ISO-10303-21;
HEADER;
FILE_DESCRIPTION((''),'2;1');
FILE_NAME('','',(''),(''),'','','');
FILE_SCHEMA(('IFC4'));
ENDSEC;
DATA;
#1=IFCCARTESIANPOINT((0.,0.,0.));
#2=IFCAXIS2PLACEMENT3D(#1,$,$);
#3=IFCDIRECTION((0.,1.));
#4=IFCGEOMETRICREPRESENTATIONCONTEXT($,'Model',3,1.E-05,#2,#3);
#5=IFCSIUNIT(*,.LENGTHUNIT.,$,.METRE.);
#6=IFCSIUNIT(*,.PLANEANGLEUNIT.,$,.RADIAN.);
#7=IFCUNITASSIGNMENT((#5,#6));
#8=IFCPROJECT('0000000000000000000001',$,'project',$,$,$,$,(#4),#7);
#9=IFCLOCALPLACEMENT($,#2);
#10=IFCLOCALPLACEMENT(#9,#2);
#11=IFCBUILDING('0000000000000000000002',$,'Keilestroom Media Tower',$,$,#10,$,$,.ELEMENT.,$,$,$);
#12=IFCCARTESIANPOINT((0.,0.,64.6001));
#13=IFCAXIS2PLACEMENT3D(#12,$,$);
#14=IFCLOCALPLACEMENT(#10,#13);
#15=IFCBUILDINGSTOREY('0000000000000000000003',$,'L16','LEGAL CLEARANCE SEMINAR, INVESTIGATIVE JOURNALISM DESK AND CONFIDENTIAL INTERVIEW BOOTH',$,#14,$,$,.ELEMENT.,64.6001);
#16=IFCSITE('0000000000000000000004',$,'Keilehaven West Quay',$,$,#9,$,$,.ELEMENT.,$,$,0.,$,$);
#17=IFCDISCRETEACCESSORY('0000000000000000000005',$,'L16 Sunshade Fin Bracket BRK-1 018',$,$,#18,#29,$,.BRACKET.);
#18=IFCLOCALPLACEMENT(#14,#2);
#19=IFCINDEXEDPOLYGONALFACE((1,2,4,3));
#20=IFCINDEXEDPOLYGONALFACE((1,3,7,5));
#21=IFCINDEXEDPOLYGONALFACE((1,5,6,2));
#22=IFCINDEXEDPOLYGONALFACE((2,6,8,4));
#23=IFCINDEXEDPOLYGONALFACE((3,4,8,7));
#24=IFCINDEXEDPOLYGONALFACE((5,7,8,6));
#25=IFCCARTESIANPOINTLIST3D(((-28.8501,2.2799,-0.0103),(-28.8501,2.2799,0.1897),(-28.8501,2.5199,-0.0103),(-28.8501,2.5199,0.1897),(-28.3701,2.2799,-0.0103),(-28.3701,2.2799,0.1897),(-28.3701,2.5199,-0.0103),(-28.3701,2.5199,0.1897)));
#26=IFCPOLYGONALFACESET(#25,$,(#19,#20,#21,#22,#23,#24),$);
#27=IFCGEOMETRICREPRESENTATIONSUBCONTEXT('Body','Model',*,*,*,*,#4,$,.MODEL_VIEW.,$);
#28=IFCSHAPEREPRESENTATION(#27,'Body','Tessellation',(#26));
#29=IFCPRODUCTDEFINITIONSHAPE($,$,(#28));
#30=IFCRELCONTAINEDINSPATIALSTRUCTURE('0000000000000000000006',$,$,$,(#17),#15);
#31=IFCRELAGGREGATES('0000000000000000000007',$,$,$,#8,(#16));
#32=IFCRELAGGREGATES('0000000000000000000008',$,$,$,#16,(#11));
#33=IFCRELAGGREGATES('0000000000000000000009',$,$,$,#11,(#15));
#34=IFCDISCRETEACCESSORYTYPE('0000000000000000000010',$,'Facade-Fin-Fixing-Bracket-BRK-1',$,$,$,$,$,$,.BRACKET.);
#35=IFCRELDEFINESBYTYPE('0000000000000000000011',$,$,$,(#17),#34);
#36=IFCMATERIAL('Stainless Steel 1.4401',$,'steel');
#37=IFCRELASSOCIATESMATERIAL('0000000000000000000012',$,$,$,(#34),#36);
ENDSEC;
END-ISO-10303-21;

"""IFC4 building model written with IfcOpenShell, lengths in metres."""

from ifc_helpers import new_model, si_unit, direction, frame, origin, origin_2d, place, context, subcontext, project, spatial, rectangle, extrude, source, transform, mapped, material, type_object, element, save


model = new_model("IFC4")

# Units and contexts
model_context = context("Model", 3, precision=1e-05, world=origin(), true_north=direction((0.0, 1.0)))
body_context = subcontext(model_context, "Body", "Model", "MODEL_VIEW")
ifc_project = project(units=[si_unit("LENGTHUNIT", "METRE"), si_unit("PLANEANGLEUNIT", "RADIAN")], contexts=[model_context])

# Site, building, storey
site_placement = place(None, origin())
site = spatial("IfcSite", under=ifc_project, at=site_placement, Name="Keilehaven West Quay", CompositionType="ELEMENT", RefElevation=0.0)
building_placement = place(site_placement, origin())
building = spatial("IfcBuilding", under=site, at=building_placement, Name="Keilestroom Media Tower", CompositionType="ELEMENT")
storey_placement = place(building_placement, frame((0.0, 0.0, 64.6001)))
storey = spatial("IfcBuildingStorey", under=building, at=storey_placement, Name="L16", Description="LEGAL CLEARANCE SEMINAR, INVESTIGATIVE JOURNALISM DESK AND CONFIDENTIAL INTERVIEW BOOTH", CompositionType="ELEMENT", Elevation=64.6001)

# Discrete accessory
ifc_material_1 = material(Name="Stainless Steel 1.4401", Category="steel")
discrete_accessory_type = type_object("IfcDiscreteAccessoryType", Name="Facade-Fin-Fixing-Bracket-BRK-1", PredefinedType="BRACKET", material=ifc_material_1)
shared_shape_1 = source(origin(), body_context, "Body", "SweptSolid", [
    extrude(rectangle(XDim=0.48, YDim=0.24, at=origin_2d()), origin(), (0.0, 0.0, 1.0), 0.2),
])
discrete_accessory_placement = place(storey_placement, frame((-28.6101, 2.3999, -0.0103), z_axis=(0.0, 0.0, 1.0), x_axis=(1.0, 0.0, 0.0)))
element("IfcDiscreteAccessory", 1, at=discrete_accessory_placement, inside=storey, type_object=discrete_accessory_type, Name="L16 Sunshade Fin Bracket BRK-1 018", PredefinedType="BRACKET", context=body_context, shape_type="MappedRepresentation", body=[
    mapped(shared_shape_1, transform((0.0, 0.0, 0.0), x_axis=(1.0, 0.0, 0.0), y_axis=(0.0, 1.0, 0.0), z_axis=(0.0, 0.0, 1.0), scale=1.0)),
])

save(model, "model.ifc")
